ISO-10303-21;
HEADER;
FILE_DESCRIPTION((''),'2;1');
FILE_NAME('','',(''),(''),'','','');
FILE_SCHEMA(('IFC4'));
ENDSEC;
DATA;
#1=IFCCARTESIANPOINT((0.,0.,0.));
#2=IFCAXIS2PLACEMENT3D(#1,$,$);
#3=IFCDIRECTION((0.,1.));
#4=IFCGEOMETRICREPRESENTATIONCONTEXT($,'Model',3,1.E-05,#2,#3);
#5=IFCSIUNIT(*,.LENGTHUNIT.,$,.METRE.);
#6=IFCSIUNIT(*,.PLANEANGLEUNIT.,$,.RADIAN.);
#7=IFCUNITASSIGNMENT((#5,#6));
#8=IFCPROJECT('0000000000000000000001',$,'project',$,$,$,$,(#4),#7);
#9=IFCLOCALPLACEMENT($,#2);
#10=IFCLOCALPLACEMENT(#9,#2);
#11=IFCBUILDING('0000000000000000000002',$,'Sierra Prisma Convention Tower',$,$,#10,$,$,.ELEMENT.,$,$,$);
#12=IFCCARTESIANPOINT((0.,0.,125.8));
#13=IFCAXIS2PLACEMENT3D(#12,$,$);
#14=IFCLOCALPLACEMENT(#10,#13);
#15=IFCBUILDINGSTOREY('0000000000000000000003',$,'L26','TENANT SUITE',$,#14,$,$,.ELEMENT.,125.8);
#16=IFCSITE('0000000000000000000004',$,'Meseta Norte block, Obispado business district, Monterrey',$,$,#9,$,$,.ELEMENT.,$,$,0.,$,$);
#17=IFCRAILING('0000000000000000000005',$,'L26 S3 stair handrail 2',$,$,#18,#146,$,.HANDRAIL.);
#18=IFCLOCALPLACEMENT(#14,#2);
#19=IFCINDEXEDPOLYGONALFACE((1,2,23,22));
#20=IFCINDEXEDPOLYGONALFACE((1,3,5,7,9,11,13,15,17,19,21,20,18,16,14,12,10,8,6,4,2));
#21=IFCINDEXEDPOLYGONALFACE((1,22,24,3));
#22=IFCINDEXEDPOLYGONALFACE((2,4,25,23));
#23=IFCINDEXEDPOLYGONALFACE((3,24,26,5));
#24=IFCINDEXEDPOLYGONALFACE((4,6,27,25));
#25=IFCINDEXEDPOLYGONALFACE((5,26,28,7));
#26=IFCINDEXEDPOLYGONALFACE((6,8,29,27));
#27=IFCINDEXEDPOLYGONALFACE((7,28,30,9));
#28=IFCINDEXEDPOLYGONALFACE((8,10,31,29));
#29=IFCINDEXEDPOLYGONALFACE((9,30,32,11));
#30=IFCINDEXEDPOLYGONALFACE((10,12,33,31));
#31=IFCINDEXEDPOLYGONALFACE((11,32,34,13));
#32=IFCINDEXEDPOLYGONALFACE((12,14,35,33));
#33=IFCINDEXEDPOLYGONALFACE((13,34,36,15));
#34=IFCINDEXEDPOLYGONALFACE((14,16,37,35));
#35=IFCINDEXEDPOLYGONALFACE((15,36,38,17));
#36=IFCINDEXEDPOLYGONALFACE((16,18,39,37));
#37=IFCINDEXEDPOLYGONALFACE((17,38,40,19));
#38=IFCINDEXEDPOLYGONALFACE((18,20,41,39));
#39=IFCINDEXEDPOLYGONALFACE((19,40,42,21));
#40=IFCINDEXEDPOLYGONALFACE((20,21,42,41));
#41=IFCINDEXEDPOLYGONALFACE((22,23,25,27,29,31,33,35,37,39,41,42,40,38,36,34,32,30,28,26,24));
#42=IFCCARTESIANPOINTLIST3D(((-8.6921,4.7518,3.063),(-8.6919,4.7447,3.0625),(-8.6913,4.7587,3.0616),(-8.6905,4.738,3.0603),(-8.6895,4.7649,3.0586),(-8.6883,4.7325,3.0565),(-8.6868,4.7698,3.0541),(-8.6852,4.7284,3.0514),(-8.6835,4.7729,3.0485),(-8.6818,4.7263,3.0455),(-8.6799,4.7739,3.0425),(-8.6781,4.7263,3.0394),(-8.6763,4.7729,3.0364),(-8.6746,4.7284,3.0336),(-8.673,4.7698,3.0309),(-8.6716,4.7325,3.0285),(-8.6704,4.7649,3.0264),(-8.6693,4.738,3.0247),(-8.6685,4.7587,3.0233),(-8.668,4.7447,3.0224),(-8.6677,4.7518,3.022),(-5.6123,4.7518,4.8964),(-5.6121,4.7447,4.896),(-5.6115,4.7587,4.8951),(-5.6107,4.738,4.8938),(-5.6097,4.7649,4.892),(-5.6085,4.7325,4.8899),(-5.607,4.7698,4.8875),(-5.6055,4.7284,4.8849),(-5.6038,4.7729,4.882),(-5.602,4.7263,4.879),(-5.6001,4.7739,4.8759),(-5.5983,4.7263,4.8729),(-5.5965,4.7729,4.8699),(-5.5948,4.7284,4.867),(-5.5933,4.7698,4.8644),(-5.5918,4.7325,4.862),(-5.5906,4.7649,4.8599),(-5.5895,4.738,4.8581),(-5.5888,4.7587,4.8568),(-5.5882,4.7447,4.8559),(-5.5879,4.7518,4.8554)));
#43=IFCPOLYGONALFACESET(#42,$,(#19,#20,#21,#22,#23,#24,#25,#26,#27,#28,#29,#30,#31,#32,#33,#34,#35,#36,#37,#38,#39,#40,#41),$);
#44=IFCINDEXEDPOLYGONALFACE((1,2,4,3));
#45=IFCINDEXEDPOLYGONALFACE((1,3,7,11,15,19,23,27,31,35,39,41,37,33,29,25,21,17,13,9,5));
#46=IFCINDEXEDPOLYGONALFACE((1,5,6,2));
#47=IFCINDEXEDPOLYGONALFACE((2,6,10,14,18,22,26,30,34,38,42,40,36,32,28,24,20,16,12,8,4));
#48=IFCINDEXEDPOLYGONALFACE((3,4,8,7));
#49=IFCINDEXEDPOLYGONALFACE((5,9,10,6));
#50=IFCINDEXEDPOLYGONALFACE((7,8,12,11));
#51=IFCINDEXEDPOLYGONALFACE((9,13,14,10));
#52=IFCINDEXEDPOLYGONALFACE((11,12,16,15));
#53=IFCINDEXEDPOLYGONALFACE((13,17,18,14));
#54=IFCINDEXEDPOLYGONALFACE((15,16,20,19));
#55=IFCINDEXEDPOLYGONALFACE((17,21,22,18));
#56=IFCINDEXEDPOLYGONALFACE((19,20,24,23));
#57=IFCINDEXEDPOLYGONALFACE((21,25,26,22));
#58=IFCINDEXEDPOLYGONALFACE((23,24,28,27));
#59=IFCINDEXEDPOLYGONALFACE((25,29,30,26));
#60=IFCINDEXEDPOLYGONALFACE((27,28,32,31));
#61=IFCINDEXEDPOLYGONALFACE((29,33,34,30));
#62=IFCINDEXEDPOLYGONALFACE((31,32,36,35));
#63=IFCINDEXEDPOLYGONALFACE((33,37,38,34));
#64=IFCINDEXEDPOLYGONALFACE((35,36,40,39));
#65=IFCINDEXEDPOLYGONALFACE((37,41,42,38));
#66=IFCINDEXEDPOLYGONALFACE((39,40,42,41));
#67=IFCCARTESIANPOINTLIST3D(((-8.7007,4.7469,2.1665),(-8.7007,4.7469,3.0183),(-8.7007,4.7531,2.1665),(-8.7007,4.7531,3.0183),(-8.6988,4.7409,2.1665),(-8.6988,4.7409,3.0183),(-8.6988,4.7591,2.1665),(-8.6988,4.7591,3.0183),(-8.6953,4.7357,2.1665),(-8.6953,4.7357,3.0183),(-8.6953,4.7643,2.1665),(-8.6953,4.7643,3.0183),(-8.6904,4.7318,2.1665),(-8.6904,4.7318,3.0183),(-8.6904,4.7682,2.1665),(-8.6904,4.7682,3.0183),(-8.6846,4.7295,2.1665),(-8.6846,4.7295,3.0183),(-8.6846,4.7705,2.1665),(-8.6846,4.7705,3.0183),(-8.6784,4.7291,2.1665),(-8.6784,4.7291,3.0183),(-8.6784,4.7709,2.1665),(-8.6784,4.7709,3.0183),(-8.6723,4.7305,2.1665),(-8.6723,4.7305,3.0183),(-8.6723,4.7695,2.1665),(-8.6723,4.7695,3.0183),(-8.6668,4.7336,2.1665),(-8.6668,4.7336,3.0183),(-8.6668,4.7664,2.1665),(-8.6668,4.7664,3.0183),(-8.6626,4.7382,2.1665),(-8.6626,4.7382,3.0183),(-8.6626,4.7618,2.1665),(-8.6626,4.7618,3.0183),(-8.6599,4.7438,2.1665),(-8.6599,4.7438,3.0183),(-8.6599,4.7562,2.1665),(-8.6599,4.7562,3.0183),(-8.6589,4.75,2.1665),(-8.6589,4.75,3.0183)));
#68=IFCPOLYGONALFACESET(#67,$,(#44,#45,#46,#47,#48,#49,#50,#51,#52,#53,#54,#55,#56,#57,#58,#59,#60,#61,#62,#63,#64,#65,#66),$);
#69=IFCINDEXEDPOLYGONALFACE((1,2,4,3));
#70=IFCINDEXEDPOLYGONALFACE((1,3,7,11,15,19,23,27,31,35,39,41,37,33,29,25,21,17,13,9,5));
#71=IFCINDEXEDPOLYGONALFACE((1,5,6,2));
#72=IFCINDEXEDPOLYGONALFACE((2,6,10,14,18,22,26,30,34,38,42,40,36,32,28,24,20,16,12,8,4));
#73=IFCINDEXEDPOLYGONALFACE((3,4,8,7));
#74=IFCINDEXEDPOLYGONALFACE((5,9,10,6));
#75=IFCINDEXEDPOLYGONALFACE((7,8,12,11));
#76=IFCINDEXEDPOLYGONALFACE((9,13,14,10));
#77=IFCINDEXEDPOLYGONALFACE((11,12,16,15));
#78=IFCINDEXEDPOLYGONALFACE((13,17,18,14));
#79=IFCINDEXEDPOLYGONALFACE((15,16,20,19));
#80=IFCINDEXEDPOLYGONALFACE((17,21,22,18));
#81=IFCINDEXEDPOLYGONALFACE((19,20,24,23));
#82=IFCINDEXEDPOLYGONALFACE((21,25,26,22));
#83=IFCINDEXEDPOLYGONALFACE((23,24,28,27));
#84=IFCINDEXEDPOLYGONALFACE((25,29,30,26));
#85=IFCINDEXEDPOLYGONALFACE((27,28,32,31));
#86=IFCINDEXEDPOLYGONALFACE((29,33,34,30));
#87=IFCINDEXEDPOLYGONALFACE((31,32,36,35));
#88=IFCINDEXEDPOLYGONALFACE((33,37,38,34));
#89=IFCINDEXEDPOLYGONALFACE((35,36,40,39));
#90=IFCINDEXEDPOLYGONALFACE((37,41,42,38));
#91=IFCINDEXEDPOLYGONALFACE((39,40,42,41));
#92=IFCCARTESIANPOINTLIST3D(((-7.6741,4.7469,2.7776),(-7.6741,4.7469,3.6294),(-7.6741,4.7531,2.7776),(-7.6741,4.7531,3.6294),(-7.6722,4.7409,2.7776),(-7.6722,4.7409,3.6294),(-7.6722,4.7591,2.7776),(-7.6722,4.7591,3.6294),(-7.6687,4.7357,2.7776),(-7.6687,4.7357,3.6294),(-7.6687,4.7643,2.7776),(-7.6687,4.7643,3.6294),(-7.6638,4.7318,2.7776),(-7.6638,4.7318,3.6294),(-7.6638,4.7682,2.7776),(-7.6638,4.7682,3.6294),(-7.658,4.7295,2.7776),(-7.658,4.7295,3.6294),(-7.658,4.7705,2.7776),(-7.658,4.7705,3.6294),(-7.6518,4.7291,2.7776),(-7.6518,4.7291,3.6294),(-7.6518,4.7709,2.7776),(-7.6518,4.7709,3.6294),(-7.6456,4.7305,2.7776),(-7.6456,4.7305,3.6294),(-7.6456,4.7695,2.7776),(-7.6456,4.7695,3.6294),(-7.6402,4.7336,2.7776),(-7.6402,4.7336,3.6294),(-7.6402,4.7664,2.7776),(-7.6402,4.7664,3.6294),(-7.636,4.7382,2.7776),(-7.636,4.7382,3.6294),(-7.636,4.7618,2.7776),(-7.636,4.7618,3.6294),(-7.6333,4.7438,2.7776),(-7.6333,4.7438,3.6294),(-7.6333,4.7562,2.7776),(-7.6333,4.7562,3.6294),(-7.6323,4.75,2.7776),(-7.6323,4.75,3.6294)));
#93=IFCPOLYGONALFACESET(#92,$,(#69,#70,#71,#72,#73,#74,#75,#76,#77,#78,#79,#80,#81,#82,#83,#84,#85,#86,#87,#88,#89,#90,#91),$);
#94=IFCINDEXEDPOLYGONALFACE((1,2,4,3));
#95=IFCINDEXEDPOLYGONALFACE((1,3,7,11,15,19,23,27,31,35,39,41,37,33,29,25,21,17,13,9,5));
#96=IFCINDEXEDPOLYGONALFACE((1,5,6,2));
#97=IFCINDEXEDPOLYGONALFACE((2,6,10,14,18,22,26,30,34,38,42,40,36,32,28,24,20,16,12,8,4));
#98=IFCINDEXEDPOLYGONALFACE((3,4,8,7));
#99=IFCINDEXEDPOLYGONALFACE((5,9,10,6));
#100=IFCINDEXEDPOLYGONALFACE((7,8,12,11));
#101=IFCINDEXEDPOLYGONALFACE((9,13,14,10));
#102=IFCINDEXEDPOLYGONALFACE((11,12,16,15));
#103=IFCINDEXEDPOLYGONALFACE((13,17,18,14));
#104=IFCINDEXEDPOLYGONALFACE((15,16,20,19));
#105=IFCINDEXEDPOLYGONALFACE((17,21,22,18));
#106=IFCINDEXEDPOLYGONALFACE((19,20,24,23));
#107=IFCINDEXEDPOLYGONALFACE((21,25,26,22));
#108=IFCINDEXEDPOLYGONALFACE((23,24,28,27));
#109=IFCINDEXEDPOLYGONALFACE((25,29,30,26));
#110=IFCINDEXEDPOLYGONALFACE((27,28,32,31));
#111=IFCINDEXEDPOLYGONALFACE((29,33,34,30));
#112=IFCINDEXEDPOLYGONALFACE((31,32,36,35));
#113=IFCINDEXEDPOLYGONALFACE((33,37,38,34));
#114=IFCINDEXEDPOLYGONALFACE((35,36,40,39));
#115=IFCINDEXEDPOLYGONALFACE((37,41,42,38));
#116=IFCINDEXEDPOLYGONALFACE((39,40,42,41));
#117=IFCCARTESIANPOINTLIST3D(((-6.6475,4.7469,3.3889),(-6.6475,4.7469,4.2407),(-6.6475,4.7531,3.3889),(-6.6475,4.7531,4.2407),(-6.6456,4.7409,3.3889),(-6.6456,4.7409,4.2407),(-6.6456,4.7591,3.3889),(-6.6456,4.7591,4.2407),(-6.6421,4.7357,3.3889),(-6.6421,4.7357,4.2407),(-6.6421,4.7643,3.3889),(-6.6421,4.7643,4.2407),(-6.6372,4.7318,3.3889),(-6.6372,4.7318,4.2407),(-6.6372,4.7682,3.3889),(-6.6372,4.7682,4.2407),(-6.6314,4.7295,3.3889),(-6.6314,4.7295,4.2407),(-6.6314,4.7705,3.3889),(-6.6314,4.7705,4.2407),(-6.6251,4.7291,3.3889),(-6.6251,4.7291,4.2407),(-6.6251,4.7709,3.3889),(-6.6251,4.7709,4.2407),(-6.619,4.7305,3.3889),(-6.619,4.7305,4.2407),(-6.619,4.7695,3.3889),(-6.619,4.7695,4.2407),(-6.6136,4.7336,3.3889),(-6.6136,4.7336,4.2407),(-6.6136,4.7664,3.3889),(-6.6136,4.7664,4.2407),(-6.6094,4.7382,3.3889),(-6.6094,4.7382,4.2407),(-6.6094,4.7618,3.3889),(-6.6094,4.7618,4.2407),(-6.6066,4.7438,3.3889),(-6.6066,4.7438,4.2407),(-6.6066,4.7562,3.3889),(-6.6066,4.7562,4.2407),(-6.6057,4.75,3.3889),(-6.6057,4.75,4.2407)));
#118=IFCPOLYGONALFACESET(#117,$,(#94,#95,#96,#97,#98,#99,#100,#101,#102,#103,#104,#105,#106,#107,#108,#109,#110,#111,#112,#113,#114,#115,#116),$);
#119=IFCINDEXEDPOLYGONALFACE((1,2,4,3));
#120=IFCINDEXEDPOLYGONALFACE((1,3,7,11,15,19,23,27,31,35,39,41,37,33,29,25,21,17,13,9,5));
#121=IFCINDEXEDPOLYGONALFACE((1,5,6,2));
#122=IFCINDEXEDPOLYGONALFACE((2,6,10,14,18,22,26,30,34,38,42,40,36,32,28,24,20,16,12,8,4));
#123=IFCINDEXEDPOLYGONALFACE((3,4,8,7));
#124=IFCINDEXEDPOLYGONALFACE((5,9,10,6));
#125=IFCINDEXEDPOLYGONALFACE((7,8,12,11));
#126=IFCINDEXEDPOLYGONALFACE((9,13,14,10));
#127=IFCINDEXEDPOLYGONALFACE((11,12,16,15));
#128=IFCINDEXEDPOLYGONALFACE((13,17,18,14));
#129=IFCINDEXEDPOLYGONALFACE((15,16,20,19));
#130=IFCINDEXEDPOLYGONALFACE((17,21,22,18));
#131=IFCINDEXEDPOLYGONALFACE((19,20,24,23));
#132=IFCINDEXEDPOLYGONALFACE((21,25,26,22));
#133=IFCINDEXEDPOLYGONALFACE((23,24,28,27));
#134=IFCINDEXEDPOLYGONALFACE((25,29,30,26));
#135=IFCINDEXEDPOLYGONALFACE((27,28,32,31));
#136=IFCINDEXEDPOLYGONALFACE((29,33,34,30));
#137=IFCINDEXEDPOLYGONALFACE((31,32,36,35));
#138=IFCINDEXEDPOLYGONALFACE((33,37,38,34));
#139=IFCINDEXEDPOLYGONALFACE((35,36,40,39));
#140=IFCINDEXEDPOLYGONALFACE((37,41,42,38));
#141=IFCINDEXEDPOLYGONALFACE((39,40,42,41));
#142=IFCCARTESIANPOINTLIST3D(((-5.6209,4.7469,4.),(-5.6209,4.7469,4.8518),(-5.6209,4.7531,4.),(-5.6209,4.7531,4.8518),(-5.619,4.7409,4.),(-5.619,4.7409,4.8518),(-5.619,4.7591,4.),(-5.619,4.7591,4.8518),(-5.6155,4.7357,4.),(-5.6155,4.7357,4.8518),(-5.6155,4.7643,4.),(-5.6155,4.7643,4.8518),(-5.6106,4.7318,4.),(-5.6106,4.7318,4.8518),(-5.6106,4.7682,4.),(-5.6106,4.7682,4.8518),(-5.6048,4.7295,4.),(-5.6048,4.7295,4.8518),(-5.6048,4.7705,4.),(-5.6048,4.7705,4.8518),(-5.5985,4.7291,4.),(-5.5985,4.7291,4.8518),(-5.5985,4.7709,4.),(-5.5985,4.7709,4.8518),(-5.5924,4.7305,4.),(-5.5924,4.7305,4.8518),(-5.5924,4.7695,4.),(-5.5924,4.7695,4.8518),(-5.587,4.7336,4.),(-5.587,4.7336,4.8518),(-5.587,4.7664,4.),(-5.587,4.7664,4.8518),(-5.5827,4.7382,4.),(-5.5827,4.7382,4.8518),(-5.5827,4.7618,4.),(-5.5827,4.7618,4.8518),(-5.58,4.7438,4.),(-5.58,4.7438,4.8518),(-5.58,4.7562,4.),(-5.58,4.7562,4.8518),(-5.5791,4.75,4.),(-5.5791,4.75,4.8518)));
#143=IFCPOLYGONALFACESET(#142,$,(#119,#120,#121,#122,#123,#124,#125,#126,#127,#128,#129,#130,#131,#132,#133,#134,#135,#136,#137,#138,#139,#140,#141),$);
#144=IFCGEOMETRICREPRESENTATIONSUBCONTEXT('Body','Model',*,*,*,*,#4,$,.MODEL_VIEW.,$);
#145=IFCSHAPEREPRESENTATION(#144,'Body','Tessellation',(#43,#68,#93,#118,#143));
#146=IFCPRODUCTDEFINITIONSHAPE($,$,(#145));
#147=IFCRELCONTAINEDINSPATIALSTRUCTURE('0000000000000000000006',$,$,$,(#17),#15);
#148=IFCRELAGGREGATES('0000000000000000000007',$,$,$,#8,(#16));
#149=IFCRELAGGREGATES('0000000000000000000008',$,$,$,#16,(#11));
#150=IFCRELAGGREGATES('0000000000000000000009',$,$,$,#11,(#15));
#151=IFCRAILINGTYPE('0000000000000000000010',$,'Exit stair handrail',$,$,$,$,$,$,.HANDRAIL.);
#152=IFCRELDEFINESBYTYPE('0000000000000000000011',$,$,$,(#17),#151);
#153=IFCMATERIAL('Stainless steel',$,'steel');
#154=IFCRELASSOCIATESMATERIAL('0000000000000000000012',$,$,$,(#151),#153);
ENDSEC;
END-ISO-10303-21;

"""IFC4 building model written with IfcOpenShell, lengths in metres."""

from ifc_helpers import new_model, si_unit, direction, frame, origin, origin_2d, place, context, subcontext, project, spatial, circle, extrude, material, type_object, element, save


model = new_model("IFC4")

# Units and contexts
model_context = context("Model", 3, precision=1e-05, world=origin(), true_north=direction((0.0, 1.0)))
body_context = subcontext(model_context, "Body", "Model", "MODEL_VIEW")
ifc_project = project(units=[si_unit("LENGTHUNIT", "METRE"), si_unit("PLANEANGLEUNIT", "RADIAN")], contexts=[model_context])

# Site, building, storey
site_placement = place(None, origin())
site = spatial("IfcSite", under=ifc_project, at=site_placement, Name="Meseta Norte block, Obispado business district, Monterrey", CompositionType="ELEMENT", RefElevation=0.0)
building_placement = place(site_placement, origin())
building = spatial("IfcBuilding", under=site, at=building_placement, Name="Sierra Prisma Convention Tower", CompositionType="ELEMENT")
storey_placement = place(building_placement, frame((0.0, 0.0, 125.8)))
storey = spatial("IfcBuildingStorey", under=building, at=storey_placement, Name="L26", Description="TENANT SUITE", CompositionType="ELEMENT", Elevation=125.8)

# Railing
ifc_material_1 = material(Name="Stainless steel", Category="steel")
railing_type_1 = type_object("IfcRailingType", Name="Exit stair handrail", PredefinedType="HANDRAIL", material=ifc_material_1)
railing_1_placement = place(storey_placement, frame((-8.6799, 4.75, 2.1665)))
element("IfcRailing", 1, at=railing_1_placement, inside=storey, type_object=railing_type_1, Name="L26 S3 stair handrail 2", PredefinedType="HANDRAIL", context=body_context, shape_type="SweptSolid", body=[
    extrude(circle(Radius=0.0239, at=origin_2d()), frame((0.0, 0.0, 0.876), z_axis=(0.859261, 0.0, 0.511538), x_axis=(0.0, 1.0, 0.0)), (0.0, 0.0, 1.0), 3.5842),
    extrude(circle(Radius=0.021, at=origin_2d()), origin(), (0.0, 0.0, 1.0), 0.8518),
    extrude(circle(Radius=0.021, at=origin_2d()), frame((1.0266, 0.0, 0.6111)), (0.0, 0.0, 1.0), 0.8518),
    extrude(circle(Radius=0.021, at=origin_2d()), frame((2.0532, 0.0, 1.2224)), (0.0, 0.0, 1.0), 0.8518),
    extrude(circle(Radius=0.021, at=origin_2d()), frame((3.0798, 0.0, 1.8335)), (0.0, 0.0, 1.0), 0.8518),
])

save(model, "model.ifc")
